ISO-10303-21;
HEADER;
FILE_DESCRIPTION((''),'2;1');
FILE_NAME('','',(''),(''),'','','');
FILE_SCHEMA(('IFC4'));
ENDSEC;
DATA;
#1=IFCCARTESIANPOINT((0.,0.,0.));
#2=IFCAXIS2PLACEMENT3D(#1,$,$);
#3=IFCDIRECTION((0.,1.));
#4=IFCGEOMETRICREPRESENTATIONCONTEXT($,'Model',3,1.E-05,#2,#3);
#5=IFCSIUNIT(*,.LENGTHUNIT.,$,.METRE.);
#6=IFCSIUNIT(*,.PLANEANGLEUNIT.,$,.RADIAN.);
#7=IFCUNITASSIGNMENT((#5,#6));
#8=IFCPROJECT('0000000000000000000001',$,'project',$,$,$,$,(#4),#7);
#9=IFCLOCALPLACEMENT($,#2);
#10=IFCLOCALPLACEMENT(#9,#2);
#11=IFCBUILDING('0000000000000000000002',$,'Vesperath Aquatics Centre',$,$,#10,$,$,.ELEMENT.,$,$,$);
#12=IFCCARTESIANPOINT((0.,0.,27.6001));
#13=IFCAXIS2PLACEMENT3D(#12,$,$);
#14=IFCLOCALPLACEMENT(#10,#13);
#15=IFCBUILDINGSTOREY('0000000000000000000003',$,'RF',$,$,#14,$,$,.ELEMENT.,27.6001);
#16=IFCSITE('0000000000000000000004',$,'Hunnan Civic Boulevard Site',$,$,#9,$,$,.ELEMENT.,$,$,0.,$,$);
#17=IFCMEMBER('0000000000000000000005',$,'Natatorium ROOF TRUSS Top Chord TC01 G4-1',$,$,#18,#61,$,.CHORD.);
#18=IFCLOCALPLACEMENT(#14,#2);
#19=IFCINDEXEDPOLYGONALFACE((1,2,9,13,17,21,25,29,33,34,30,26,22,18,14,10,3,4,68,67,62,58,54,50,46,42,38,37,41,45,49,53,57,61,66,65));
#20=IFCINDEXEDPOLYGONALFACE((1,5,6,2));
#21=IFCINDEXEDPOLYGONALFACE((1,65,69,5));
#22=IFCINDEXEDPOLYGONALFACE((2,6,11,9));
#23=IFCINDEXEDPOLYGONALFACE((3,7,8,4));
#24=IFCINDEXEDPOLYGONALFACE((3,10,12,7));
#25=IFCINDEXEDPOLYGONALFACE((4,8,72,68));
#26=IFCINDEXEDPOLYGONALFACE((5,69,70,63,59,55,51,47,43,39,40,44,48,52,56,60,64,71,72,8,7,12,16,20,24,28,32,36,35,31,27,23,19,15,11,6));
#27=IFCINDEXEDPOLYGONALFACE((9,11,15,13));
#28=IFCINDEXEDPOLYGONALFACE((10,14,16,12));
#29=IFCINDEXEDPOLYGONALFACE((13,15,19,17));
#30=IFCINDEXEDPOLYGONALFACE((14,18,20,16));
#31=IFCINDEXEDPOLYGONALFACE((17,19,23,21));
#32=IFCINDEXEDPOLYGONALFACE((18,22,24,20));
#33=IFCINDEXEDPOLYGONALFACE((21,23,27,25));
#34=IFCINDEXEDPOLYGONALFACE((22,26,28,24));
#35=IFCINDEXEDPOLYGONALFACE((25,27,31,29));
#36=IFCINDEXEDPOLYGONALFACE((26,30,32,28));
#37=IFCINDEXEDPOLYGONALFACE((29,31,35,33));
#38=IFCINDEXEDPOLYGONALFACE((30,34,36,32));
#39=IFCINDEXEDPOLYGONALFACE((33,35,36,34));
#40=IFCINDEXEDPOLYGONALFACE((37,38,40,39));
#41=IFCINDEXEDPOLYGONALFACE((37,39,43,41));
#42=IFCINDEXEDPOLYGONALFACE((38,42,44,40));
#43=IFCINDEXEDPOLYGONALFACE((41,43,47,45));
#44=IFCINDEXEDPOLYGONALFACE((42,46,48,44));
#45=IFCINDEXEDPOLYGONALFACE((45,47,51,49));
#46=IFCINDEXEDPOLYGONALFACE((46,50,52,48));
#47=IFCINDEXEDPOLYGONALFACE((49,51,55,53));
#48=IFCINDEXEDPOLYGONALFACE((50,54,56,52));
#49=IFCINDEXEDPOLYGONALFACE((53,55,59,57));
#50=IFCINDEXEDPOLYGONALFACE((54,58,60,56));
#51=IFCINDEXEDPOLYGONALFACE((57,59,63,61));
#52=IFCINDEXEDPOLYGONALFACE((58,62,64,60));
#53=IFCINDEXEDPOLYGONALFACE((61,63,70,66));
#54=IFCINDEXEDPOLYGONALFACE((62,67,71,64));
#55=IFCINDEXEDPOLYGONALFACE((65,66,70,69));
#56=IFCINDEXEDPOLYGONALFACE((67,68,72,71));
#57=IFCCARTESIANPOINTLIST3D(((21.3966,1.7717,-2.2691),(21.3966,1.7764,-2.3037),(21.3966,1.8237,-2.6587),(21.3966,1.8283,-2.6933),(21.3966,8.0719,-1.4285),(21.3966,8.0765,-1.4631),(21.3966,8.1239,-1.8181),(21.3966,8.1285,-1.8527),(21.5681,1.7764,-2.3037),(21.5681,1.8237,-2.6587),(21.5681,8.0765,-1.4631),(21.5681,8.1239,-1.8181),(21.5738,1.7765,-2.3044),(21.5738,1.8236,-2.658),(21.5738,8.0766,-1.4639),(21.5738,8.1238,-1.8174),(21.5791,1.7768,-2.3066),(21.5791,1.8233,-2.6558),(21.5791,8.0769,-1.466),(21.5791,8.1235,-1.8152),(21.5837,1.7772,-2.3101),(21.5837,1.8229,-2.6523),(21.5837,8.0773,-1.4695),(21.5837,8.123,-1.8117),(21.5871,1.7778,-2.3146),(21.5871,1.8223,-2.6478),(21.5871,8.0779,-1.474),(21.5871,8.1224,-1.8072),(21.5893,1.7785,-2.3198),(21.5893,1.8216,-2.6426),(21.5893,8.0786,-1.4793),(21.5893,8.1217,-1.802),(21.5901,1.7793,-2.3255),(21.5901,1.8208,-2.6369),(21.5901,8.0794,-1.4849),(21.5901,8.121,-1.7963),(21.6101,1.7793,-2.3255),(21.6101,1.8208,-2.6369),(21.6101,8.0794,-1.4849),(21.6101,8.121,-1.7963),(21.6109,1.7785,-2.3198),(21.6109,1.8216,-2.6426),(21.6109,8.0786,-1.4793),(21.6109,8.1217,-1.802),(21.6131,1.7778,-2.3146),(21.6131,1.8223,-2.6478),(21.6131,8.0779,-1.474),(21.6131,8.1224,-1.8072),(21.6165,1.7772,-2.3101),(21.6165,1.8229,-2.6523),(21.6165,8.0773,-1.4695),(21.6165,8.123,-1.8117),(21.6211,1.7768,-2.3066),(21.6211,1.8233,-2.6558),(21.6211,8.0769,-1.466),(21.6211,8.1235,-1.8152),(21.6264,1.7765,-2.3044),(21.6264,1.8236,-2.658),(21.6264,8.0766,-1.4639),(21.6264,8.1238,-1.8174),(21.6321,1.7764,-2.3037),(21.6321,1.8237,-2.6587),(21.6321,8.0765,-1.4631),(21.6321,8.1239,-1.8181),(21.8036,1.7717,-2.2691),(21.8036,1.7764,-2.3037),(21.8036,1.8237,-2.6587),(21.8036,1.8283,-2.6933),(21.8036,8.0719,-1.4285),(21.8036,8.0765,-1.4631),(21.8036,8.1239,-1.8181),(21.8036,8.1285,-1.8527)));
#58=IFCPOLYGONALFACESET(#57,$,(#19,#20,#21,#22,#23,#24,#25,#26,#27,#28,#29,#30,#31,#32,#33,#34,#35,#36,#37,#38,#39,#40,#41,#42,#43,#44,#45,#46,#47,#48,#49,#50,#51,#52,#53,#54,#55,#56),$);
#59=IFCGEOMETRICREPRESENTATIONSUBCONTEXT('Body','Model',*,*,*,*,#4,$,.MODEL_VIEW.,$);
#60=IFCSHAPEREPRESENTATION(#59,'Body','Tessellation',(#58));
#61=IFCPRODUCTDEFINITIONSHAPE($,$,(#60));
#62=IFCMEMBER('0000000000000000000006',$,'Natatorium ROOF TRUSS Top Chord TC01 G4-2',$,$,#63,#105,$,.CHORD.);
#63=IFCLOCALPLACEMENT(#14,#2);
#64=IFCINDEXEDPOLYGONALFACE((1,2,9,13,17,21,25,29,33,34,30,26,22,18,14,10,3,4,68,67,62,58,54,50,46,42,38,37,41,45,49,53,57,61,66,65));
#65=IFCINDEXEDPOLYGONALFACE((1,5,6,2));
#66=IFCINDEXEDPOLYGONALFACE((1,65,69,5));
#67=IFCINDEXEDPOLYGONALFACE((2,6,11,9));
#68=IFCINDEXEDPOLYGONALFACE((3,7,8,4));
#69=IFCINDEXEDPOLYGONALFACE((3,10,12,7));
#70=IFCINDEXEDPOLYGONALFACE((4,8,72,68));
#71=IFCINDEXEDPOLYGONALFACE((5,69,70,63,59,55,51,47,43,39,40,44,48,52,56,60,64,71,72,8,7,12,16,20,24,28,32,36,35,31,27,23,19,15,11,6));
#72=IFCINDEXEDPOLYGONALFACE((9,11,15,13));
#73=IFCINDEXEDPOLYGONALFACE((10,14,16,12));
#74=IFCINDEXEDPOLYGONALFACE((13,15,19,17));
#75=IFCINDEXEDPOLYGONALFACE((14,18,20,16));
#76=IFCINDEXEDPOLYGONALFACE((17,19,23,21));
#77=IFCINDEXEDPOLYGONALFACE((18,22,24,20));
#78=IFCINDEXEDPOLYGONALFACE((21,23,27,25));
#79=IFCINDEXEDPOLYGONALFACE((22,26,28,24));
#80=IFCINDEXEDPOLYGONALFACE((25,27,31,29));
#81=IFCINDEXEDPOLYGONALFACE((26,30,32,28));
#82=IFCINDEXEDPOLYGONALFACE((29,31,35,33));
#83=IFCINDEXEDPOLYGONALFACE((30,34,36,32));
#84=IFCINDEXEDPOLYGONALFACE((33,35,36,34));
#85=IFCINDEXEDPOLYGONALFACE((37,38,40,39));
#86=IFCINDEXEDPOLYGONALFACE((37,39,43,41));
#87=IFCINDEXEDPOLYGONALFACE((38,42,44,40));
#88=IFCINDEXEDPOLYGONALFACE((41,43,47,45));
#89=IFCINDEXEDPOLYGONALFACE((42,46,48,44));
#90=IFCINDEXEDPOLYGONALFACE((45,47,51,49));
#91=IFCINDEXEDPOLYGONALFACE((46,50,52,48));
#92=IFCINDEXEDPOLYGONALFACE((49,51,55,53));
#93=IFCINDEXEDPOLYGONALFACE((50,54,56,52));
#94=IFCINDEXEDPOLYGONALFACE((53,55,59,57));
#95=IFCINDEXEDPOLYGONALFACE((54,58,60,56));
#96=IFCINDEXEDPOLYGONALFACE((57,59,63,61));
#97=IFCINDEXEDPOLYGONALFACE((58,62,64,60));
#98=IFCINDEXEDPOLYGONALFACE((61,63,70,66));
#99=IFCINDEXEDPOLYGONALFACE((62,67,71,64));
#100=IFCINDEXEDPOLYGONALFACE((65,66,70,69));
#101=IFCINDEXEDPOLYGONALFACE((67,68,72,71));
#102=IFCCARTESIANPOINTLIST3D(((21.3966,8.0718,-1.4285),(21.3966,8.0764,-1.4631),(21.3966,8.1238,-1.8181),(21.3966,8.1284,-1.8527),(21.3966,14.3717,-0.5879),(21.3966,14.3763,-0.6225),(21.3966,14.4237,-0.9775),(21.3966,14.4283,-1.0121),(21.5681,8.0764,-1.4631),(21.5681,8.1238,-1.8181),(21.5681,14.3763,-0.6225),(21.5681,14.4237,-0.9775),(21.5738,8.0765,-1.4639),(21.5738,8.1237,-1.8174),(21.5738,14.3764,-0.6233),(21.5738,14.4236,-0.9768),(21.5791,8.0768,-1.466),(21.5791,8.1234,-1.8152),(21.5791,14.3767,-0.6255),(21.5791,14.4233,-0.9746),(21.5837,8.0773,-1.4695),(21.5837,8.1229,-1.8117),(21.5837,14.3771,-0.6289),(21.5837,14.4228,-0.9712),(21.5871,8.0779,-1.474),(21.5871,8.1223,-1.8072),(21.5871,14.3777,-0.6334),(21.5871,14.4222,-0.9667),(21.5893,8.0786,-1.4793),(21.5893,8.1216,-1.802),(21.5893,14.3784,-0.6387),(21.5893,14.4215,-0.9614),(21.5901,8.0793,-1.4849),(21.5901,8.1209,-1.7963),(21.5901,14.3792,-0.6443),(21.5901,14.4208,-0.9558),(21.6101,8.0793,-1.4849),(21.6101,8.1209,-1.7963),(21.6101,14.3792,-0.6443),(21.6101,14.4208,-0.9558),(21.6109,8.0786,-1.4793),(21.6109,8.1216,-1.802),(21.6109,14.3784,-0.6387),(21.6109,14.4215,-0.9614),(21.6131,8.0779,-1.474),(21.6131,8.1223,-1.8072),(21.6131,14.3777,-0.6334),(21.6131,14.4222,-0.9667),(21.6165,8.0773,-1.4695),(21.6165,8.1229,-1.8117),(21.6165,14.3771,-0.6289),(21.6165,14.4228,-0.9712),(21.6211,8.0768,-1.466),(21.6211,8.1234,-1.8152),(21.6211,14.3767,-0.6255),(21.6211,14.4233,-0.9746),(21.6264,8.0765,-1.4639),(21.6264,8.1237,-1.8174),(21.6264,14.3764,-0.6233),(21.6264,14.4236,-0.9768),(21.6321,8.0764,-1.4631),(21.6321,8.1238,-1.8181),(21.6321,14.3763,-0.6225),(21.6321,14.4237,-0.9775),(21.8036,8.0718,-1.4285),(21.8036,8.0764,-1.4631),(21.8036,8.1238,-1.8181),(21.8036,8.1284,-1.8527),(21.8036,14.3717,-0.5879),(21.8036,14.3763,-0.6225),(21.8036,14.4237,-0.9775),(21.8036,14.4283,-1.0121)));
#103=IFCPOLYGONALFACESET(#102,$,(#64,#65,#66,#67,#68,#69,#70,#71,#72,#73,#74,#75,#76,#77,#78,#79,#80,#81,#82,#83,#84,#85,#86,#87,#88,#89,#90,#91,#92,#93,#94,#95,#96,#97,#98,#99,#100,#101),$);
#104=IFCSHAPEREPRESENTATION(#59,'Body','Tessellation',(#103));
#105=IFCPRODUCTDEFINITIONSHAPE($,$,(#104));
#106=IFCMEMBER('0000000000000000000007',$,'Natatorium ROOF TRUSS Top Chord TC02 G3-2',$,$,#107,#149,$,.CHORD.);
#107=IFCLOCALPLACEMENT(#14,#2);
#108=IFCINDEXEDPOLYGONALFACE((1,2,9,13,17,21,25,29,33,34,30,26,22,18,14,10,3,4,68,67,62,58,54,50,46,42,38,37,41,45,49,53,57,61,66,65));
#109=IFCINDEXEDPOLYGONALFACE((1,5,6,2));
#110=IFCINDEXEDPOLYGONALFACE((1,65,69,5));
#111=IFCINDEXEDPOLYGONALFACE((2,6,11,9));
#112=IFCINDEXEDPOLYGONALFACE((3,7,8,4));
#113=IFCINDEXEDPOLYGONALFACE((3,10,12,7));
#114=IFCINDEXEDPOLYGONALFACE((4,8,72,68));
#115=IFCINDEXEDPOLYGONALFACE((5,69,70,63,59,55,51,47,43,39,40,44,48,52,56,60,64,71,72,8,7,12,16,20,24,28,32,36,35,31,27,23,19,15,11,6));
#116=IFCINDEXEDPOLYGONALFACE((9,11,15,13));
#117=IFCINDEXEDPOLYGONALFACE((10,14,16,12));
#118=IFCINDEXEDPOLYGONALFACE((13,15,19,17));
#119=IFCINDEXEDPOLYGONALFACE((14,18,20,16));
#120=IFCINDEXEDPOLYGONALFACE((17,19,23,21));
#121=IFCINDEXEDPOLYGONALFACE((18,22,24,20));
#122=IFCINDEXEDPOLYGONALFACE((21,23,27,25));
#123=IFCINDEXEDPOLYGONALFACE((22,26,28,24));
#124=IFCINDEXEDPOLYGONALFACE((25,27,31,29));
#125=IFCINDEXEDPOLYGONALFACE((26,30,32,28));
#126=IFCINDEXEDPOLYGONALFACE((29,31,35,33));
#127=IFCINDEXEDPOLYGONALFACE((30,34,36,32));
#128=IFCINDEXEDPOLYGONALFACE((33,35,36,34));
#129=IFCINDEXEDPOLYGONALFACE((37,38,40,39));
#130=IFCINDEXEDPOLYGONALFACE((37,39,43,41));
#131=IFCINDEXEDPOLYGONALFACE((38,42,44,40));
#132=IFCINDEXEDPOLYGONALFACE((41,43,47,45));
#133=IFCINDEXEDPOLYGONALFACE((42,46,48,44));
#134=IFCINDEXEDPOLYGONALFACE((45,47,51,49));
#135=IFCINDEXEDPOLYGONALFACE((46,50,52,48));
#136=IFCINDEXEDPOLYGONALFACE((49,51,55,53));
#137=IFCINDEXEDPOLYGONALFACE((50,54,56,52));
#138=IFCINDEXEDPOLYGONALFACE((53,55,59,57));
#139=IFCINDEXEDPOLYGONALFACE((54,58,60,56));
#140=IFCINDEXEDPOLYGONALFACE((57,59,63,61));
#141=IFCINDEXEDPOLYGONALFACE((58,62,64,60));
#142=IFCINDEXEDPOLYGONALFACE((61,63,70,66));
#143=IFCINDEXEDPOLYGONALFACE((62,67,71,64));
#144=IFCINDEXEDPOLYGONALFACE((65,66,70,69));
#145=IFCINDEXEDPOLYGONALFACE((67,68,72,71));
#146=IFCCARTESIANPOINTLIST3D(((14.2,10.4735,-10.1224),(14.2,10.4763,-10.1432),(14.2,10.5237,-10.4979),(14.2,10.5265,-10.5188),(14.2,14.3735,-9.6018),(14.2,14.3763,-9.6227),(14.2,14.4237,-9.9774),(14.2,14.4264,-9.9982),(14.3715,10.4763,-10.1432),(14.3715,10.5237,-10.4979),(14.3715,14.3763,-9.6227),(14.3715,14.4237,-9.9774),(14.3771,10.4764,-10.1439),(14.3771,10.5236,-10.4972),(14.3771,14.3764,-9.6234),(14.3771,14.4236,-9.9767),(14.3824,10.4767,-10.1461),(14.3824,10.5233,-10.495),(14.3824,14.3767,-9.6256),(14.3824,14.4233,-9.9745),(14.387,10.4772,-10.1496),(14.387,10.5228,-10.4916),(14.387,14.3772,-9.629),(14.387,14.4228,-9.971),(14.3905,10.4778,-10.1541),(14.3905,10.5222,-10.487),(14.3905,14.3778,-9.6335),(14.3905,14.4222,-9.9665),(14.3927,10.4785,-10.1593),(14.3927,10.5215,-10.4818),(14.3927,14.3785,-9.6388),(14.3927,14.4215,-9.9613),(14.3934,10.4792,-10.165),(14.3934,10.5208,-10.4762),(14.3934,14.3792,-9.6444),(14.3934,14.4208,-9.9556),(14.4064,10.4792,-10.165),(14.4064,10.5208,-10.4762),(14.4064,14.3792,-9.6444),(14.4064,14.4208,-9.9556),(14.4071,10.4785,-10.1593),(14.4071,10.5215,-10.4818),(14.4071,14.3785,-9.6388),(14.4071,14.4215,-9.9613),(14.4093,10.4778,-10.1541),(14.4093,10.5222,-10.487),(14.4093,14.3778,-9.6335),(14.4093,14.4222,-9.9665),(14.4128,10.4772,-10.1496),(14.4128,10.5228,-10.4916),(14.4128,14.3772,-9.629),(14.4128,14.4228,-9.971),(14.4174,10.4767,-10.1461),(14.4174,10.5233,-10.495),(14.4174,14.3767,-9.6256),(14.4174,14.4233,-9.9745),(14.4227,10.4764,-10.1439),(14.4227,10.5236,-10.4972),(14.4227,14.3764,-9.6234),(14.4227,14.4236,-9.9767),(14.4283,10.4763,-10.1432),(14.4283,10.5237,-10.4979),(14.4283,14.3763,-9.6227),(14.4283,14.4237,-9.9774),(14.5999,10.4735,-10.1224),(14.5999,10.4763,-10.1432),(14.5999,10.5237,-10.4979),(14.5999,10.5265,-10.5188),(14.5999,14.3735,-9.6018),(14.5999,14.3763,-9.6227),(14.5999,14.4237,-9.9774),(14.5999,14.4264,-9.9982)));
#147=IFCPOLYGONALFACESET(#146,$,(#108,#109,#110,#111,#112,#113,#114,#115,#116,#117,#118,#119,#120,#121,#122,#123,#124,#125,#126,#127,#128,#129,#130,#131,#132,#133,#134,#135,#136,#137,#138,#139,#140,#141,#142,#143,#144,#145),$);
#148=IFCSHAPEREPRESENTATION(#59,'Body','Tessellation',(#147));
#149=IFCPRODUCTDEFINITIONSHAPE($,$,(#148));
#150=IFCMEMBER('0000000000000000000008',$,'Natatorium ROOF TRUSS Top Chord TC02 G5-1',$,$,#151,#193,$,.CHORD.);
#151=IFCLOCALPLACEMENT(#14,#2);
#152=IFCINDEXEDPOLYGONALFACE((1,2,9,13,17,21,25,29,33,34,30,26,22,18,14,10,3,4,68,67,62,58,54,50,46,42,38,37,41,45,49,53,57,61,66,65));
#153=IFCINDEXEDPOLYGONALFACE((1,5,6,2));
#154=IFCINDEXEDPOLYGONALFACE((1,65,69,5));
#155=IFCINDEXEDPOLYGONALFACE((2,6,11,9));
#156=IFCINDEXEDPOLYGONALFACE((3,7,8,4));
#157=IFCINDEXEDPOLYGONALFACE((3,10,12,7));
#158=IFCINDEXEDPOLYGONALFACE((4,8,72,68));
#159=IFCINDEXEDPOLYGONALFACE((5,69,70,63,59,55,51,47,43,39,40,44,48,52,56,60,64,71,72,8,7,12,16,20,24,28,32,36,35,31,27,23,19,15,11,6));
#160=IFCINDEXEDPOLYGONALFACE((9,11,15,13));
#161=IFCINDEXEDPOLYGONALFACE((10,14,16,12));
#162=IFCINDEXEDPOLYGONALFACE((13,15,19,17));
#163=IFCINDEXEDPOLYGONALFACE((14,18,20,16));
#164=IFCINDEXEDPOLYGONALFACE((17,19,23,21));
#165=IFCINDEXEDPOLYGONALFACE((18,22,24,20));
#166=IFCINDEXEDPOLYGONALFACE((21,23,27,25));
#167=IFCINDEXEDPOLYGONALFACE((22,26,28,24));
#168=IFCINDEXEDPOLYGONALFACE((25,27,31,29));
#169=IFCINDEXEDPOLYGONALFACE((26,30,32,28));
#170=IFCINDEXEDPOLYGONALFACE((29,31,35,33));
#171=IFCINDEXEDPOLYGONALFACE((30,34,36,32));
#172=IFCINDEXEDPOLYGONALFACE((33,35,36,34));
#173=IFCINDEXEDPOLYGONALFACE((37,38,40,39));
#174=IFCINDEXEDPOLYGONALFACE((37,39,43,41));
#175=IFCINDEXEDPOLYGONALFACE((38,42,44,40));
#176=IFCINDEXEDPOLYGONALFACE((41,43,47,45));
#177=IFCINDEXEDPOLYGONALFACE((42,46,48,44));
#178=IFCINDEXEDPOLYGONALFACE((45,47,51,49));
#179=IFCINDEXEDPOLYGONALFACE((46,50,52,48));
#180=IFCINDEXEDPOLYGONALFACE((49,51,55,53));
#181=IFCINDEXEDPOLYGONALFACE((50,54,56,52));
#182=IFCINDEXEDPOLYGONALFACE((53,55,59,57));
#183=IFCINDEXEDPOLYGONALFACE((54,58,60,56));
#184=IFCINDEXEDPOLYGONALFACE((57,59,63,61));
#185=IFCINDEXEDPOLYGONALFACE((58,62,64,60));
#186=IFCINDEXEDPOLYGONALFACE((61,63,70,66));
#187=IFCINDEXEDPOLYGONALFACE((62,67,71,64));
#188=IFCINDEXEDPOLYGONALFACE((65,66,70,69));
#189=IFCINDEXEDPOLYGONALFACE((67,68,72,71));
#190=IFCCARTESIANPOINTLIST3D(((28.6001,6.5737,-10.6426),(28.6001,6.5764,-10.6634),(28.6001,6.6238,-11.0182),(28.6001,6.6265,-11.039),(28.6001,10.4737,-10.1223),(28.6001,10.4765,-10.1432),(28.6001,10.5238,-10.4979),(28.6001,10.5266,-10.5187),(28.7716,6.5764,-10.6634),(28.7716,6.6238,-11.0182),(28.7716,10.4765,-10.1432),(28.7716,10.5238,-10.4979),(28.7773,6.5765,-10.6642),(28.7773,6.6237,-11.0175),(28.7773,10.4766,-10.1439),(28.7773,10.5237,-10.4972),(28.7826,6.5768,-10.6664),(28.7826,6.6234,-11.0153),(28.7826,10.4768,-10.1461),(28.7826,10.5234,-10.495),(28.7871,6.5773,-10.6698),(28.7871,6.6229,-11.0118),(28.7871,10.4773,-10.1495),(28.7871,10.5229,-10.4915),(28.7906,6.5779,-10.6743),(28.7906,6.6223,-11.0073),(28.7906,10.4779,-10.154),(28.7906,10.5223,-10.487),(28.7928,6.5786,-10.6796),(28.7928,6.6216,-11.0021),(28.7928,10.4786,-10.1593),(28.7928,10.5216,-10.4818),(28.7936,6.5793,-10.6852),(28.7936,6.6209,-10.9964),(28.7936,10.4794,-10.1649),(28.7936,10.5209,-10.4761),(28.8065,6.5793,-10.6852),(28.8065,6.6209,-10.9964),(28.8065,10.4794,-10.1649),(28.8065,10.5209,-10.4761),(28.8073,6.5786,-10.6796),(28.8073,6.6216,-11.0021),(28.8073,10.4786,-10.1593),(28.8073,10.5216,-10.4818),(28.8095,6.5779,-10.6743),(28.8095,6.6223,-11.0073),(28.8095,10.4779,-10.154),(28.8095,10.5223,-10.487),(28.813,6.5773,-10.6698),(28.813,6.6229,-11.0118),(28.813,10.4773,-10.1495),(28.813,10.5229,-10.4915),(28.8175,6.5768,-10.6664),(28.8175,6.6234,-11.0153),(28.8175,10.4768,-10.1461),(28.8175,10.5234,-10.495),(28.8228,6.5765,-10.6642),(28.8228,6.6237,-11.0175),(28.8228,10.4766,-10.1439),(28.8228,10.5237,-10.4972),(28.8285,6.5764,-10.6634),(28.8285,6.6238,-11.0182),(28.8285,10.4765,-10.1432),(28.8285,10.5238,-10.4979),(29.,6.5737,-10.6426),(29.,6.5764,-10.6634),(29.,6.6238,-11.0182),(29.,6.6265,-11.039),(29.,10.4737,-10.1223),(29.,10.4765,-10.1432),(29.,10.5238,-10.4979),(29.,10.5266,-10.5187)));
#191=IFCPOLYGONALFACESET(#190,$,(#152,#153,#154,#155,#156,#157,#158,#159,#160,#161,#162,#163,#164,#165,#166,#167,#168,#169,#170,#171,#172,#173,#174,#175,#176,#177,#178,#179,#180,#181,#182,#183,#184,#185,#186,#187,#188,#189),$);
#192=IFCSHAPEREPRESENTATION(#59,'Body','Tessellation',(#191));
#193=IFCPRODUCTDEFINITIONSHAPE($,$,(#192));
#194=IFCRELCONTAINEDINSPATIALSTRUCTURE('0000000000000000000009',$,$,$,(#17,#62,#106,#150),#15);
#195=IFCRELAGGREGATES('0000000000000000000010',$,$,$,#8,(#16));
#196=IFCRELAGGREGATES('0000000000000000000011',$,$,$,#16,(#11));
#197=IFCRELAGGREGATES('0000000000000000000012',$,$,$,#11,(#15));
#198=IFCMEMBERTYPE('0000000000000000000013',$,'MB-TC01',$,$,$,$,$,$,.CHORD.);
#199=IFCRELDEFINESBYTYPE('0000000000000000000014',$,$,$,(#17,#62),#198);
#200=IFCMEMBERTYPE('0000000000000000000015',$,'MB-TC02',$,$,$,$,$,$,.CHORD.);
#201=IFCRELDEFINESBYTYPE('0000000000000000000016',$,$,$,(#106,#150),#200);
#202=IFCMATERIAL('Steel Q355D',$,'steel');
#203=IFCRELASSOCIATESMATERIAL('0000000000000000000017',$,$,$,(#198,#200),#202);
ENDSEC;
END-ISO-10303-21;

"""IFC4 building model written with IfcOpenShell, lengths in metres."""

from ifc_helpers import new_model, si_unit, direction, frame, origin, origin_2d, place, context, subcontext, project, spatial, i_section, extrude, material, material_profile, profile_set, type_object, element, save


model = new_model("IFC4")

# Units and contexts
model_context = context("Model", 3, precision=1e-05, world=origin(), true_north=direction((0.0, 1.0)))
body_context = subcontext(model_context, "Body", "Model", "MODEL_VIEW")
ifc_project = project(units=[si_unit("LENGTHUNIT", "METRE"), si_unit("PLANEANGLEUNIT", "RADIAN")], contexts=[model_context])

# Site, building, storey
site_placement = place(None, origin())
site = spatial("IfcSite", under=ifc_project, at=site_placement, Name="Hunnan Civic Boulevard Site", CompositionType="ELEMENT", RefElevation=0.0)
building_placement = place(site_placement, origin())
building = spatial("IfcBuilding", under=site, at=building_placement, Name="Vesperath Aquatics Centre", CompositionType="ELEMENT")
storey_placement = place(building_placement, frame((0.0, 0.0, 27.6001)))
storey = spatial("IfcBuildingStorey", under=building, at=storey_placement, Name="RF", CompositionType="ELEMENT", Elevation=27.6001)

# Members
ifc_material_1 = material(Name="Steel Q355D", Category="steel")
ifc_material_profile_1 = material_profile(ifc_material_1, i_section(OverallWidth=0.407, OverallDepth=0.428, WebThickness=0.02, FlangeThickness=0.0349, FilletRadius=0.022, at=origin_2d()), Name="HW 428x407x20x35")
ifc_profile_set_1 = profile_set([ifc_material_profile_1], Name="Steel Q355D")
member_type_1 = type_object("IfcMemberType", Name="MB-TC01", PredefinedType="CHORD", material=ifc_profile_set_1)
member_1_placement = place(storey_placement, frame((21.6001, 1.8, -2.4812), z_axis=(0.0, 0.991216, 0.132252), x_axis=(-1.0, 0.0, 0.0)))
element("IfcMember", 1, at=member_1_placement, inside=storey, type_object=member_type_1, Name="Natatorium ROOF TRUSS Top Chord TC01 G4-1", PredefinedType="CHORD", context=body_context, shape_type="SweptSolid", body=[
    extrude(i_section(OverallWidth=0.407, OverallDepth=0.428, WebThickness=0.02, FlangeThickness=0.0349, FilletRadius=0.022, at=origin_2d()), origin(), (0.0, 0.0, 1.0), 6.356),
])
member_2_placement = place(storey_placement, frame((21.6001, 8.1001, -1.6406), z_axis=(0.0, 0.991215, 0.132257), x_axis=(-1.0, 0.0, 0.0)))
element("IfcMember", 2, at=member_2_placement, inside=storey, type_object=member_type_1, Name="Natatorium ROOF TRUSS Top Chord TC01 G4-2", PredefinedType="CHORD", context=body_context, shape_type="SweptSolid", body=[
    extrude(i_section(OverallWidth=0.407, OverallDepth=0.428, WebThickness=0.02, FlangeThickness=0.0349, FilletRadius=0.022, at=origin_2d()), origin(), (0.0, 0.0, 1.0), 6.3557),
])
ifc_material_profile_2 = material_profile(ifc_material_1, i_section(OverallWidth=0.3999, OverallDepth=0.3999, WebThickness=0.0129, FlangeThickness=0.021, FilletRadius=0.022, at=origin_2d()), Name="HW 400x400x13x21")
ifc_profile_set_2 = profile_set([ifc_material_profile_2], Name="Steel Q355D")
member_type_2 = type_object("IfcMemberType", Name="MB-TC02", PredefinedType="CHORD", material=ifc_profile_set_2)
for number, where, z_axis, x_axis, name in (
    (3, (14.3999, 10.5, -10.3206), (0.0, 0.991211, 0.132294), (-1.0, 0.0, 0.0), "Natatorium ROOF TRUSS Top Chord TC02 G3-2"),
    (4, (28.8, 6.6001, -10.8408), (0.0, 0.991219, 0.132233), (-1.0, 0.0, 0.0), "Natatorium ROOF TRUSS Top Chord TC02 G5-1"),
):
    element("IfcMember", number, at=place(storey_placement, frame(where, z_axis=z_axis, x_axis=x_axis)), inside=storey, type_object=member_type_2, Name=name, PredefinedType="CHORD", context=body_context, shape_type="SweptSolid", body=[
        extrude(i_section(OverallWidth=0.3999, OverallDepth=0.3999, WebThickness=0.0129, FlangeThickness=0.021, FilletRadius=0.022, at=origin_2d()), origin(), (0.0, 0.0, 1.0), 3.9346),
    ])

save(model, "model.ifc")
